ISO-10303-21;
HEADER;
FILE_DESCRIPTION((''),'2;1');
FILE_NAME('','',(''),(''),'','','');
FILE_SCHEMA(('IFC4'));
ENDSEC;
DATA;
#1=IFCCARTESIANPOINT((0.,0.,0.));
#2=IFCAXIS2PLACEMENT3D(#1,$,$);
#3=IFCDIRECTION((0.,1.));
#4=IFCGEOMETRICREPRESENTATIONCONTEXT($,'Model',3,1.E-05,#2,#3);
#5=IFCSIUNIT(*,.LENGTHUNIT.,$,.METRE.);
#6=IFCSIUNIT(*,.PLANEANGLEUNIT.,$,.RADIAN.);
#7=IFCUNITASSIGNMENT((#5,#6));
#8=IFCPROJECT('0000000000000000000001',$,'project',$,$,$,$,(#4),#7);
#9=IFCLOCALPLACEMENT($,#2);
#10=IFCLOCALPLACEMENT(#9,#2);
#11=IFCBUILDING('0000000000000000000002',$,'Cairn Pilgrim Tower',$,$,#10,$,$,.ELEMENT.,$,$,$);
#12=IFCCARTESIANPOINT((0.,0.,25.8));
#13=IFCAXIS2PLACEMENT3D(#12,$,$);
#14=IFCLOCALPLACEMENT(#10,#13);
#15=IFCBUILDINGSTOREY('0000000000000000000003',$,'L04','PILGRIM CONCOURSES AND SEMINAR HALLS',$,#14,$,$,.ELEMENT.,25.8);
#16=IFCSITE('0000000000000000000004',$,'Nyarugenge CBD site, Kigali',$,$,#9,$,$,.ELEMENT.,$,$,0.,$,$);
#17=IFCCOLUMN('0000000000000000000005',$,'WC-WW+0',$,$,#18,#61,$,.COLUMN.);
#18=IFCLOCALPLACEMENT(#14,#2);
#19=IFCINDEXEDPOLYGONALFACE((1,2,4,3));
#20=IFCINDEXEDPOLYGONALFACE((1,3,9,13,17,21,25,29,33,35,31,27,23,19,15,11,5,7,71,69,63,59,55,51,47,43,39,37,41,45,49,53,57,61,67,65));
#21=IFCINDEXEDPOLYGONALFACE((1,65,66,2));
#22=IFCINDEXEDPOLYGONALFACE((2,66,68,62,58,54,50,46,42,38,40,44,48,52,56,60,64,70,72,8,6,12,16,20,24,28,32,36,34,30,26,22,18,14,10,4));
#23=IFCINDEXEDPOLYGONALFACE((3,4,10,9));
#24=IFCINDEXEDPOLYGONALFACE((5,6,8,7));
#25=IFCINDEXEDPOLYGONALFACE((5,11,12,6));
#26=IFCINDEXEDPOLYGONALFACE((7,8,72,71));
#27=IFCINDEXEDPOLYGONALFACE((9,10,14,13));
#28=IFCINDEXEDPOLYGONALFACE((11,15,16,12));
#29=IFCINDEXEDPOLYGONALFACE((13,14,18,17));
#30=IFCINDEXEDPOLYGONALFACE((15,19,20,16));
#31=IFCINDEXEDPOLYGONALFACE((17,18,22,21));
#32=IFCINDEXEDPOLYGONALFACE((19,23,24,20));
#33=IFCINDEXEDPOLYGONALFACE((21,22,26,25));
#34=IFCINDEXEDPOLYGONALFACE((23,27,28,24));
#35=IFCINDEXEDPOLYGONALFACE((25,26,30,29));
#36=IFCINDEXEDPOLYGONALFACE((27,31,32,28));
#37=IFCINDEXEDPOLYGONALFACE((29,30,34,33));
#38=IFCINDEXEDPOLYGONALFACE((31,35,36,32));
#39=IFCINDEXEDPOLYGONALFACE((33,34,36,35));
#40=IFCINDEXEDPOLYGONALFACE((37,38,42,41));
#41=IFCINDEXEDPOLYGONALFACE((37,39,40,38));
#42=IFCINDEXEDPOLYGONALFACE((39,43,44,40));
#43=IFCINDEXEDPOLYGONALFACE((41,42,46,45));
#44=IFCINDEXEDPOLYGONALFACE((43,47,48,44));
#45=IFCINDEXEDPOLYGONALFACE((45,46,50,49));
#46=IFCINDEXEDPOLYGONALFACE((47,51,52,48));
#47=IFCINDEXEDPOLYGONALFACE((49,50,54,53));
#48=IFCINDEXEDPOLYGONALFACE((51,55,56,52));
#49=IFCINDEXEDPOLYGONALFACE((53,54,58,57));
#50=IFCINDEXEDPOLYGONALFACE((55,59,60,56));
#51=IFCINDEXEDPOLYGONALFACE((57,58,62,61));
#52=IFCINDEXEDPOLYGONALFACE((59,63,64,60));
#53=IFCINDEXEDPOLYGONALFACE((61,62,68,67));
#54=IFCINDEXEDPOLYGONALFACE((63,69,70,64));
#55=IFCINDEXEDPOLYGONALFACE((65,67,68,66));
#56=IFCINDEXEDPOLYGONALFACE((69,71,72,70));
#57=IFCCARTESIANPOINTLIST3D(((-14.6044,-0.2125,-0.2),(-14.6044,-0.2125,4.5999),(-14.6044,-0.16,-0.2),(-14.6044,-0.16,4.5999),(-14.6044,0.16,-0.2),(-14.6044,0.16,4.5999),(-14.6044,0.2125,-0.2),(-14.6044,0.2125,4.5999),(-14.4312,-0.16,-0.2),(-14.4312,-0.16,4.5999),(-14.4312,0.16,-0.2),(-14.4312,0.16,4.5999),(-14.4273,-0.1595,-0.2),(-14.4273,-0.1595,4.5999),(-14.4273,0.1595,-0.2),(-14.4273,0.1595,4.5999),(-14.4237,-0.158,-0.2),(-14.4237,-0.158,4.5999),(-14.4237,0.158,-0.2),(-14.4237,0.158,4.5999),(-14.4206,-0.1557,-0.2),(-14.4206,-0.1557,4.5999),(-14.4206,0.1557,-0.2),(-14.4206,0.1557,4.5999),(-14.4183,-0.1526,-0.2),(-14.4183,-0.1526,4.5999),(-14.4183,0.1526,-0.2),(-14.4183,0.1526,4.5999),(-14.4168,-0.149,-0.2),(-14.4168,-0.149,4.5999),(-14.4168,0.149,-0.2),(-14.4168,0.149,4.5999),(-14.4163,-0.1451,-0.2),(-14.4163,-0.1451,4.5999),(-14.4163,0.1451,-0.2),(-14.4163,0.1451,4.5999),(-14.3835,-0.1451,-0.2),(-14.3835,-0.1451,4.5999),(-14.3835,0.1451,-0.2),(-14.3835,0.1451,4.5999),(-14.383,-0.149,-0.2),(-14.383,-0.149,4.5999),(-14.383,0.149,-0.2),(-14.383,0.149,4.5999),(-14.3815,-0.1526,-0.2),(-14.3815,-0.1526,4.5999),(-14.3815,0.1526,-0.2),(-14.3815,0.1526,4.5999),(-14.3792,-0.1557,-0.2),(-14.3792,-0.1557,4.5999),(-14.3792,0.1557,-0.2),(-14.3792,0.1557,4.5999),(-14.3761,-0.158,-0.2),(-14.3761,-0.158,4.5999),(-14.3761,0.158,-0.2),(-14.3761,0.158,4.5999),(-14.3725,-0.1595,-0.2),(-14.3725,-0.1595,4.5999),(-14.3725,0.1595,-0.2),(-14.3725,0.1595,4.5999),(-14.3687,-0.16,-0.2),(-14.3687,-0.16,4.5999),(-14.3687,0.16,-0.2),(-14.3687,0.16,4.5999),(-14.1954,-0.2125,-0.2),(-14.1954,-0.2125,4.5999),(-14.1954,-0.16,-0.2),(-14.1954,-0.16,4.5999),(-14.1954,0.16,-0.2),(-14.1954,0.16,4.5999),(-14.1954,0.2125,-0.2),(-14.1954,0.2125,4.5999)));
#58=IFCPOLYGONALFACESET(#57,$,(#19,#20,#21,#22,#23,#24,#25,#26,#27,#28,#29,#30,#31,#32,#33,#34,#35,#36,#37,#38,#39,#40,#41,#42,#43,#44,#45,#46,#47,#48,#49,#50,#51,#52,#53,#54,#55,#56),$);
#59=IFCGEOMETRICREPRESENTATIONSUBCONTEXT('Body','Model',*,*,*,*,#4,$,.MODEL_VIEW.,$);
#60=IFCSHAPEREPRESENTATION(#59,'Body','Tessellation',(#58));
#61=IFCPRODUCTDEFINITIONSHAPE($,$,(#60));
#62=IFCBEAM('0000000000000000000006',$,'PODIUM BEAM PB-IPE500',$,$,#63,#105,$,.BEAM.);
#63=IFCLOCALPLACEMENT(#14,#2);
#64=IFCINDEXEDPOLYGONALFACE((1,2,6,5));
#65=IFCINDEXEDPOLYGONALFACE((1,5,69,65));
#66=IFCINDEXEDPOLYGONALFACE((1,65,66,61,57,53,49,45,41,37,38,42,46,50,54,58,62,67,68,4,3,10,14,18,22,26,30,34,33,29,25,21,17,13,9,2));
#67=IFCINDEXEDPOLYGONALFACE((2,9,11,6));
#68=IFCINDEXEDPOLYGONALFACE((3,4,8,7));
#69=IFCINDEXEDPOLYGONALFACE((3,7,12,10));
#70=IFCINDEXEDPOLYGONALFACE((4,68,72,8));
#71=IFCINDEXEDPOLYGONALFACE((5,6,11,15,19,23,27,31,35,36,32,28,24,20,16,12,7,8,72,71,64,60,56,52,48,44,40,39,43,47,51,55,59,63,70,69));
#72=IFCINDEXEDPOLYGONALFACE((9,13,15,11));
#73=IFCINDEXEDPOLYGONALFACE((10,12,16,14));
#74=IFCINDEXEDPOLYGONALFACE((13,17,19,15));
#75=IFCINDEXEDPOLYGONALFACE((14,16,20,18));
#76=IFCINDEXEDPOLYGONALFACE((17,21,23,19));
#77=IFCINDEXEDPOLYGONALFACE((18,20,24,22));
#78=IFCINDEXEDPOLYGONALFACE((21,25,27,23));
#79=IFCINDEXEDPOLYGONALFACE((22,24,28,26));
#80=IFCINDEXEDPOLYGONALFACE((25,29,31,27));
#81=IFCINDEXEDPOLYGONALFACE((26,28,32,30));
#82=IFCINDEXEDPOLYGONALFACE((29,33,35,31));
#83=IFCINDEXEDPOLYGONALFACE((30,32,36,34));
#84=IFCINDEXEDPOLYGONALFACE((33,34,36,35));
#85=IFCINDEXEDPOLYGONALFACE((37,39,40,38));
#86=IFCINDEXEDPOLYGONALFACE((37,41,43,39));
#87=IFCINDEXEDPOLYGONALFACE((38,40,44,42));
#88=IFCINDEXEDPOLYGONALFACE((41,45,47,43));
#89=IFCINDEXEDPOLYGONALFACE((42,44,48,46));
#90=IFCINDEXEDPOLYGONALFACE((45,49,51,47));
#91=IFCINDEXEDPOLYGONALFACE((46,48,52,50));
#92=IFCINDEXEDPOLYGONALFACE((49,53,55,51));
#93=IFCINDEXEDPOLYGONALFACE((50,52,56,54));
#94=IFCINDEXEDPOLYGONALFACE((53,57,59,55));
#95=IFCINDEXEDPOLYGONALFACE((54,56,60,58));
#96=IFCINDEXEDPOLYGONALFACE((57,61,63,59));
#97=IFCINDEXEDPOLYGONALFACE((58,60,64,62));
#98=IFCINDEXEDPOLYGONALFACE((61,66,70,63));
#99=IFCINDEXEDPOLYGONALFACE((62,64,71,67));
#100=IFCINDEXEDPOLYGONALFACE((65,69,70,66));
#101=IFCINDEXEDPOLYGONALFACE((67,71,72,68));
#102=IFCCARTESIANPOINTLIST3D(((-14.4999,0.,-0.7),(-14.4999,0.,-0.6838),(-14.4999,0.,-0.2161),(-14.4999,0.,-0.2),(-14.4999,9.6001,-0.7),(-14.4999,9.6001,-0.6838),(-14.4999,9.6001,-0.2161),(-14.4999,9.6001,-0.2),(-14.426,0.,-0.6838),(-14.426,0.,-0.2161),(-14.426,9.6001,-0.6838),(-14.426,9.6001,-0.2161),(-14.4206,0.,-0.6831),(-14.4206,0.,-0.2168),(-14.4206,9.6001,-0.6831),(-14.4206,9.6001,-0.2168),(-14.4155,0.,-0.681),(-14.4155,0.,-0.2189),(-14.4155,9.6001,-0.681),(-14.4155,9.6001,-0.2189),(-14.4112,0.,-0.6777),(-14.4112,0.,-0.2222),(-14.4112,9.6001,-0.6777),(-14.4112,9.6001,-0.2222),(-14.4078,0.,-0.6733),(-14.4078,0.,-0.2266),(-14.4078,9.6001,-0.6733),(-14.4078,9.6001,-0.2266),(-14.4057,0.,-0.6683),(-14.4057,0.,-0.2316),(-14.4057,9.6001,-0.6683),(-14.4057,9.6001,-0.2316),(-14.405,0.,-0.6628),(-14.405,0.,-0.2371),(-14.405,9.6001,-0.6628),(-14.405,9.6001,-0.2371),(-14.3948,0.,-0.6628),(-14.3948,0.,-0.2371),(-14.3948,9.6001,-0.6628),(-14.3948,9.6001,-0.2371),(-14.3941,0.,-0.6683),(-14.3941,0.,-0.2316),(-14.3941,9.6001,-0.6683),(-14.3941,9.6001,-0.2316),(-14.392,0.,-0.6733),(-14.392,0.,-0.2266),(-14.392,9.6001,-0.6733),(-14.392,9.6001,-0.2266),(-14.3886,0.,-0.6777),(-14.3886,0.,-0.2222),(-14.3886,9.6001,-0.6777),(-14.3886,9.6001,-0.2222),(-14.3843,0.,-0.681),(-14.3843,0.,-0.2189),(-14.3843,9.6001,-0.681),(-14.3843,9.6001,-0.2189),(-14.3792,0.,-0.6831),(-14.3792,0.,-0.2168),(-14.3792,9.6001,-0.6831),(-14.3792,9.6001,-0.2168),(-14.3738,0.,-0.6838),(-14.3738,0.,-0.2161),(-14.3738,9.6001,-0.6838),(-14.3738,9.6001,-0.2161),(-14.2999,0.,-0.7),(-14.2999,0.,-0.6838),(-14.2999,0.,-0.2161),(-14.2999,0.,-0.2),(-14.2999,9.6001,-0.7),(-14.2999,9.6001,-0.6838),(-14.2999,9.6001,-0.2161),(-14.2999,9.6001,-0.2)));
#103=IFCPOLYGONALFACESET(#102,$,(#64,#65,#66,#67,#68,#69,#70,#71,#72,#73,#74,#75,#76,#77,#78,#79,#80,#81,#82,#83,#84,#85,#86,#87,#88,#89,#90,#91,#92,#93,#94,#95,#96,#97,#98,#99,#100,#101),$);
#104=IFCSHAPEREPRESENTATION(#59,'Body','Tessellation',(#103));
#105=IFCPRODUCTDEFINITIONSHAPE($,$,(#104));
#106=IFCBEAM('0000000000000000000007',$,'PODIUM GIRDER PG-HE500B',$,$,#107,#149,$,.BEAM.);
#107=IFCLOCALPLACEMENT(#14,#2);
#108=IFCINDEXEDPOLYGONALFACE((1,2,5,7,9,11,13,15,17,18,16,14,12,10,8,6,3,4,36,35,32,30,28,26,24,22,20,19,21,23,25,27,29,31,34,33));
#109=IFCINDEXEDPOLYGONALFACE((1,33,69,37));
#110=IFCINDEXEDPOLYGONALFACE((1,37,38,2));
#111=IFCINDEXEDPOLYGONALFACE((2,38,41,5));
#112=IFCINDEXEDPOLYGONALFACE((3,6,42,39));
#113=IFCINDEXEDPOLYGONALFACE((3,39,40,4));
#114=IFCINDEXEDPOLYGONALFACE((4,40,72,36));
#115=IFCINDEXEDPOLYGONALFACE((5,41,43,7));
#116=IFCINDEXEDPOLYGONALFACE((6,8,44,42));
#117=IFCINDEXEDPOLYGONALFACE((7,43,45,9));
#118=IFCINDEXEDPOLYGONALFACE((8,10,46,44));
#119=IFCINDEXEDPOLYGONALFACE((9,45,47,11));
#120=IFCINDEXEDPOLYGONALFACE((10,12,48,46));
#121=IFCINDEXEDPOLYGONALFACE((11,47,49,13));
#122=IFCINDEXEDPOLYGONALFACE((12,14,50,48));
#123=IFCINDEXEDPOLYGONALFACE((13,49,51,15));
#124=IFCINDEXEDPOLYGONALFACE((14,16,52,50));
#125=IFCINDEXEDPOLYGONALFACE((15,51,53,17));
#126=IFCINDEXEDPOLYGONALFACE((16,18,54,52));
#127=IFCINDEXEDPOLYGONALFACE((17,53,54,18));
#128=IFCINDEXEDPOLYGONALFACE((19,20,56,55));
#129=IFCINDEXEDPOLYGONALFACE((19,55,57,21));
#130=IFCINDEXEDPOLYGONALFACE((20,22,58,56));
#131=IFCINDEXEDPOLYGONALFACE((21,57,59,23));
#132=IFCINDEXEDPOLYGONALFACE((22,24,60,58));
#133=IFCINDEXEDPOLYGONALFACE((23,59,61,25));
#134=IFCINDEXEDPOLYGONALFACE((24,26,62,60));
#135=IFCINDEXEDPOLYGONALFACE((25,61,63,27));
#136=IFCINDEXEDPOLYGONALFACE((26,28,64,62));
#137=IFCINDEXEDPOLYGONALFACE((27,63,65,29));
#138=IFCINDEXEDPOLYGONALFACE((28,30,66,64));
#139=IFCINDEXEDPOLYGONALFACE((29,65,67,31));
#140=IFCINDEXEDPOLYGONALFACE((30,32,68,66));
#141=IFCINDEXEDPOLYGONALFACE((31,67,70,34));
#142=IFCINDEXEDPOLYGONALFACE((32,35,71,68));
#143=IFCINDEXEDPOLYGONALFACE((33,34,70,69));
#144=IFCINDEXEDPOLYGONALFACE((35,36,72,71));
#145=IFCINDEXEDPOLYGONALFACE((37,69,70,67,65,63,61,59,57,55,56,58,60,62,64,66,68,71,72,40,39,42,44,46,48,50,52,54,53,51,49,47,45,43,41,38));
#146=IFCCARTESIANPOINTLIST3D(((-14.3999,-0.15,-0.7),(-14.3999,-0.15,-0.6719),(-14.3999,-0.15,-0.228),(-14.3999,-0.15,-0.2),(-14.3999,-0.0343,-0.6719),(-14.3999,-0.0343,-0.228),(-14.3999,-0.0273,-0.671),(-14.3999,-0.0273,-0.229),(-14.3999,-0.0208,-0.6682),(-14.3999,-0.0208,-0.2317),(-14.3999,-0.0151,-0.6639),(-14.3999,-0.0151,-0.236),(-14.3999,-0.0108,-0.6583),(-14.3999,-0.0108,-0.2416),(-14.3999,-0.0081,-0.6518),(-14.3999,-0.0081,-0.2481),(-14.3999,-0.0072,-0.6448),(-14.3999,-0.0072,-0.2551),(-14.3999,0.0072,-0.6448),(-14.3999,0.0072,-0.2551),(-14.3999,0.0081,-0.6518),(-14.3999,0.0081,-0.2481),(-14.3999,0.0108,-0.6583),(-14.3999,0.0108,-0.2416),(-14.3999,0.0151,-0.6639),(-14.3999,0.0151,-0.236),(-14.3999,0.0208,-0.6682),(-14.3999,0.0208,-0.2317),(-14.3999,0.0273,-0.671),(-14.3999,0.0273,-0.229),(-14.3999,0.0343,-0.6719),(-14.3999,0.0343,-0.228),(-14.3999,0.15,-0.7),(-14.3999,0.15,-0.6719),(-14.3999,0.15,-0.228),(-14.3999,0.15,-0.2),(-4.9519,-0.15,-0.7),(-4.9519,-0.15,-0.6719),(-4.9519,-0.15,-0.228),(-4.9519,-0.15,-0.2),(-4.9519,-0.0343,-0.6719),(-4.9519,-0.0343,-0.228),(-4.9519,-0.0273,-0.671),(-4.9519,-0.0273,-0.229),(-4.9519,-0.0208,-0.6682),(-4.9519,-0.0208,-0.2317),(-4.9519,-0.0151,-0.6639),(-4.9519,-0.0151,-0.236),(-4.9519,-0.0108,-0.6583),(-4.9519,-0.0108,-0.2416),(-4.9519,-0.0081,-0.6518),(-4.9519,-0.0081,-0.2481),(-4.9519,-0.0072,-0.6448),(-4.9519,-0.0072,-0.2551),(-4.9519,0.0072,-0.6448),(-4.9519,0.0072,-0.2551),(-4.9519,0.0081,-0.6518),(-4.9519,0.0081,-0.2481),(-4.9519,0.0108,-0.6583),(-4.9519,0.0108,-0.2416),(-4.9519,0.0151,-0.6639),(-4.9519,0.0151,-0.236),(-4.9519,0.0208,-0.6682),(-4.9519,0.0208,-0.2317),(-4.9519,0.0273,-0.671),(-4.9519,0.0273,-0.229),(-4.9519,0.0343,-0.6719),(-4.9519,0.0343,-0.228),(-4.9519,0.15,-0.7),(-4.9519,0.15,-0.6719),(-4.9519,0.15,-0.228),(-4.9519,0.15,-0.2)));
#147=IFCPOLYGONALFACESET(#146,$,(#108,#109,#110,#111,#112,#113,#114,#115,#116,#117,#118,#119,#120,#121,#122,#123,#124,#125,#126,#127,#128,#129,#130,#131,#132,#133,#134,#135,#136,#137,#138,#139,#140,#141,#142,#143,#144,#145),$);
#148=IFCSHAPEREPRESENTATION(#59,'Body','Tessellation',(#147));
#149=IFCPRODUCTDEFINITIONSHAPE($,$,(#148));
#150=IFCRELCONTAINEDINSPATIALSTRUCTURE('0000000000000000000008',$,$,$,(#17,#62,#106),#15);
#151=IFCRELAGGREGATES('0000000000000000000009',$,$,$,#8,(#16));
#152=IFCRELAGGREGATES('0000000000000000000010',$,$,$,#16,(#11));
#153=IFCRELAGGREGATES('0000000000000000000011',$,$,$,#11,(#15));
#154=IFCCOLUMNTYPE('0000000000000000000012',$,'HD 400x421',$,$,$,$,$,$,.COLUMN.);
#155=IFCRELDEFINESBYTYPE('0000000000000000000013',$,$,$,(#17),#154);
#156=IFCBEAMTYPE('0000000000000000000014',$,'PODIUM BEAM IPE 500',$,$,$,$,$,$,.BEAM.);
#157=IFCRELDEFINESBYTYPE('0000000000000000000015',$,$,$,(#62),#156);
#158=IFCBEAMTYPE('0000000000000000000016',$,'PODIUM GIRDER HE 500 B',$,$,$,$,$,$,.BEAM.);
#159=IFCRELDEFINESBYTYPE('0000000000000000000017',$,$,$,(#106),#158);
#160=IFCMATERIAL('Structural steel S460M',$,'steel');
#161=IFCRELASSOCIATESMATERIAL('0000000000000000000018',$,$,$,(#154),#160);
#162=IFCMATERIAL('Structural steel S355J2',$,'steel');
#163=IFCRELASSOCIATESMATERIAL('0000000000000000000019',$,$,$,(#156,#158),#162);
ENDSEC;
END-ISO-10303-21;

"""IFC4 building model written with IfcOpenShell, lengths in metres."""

from ifc_helpers import new_model, si_unit, direction, frame, origin, origin_2d, place, context, subcontext, project, spatial, i_section, extrude, material, material_profile, profile_set, type_object, element, save


model = new_model("IFC4")

# Units and contexts
model_context = context("Model", 3, precision=1e-05, world=origin(), true_north=direction((0.0, 1.0)))
body_context = subcontext(model_context, "Body", "Model", "MODEL_VIEW")
ifc_project = project(units=[si_unit("LENGTHUNIT", "METRE"), si_unit("PLANEANGLEUNIT", "RADIAN")], contexts=[model_context])

# Site, building, storey
site_placement = place(None, origin())
site = spatial("IfcSite", under=ifc_project, at=site_placement, Name="Nyarugenge CBD site, Kigali", CompositionType="ELEMENT", RefElevation=0.0)
building_placement = place(site_placement, origin())
building = spatial("IfcBuilding", under=site, at=building_placement, Name="Cairn Pilgrim Tower", CompositionType="ELEMENT")
storey_placement = place(building_placement, frame((0.0, 0.0, 25.8)))
storey = spatial("IfcBuildingStorey", under=building, at=storey_placement, Name="L04", Description="PILGRIM CONCOURSES AND SEMINAR HALLS", CompositionType="ELEMENT", Elevation=25.8)

# Column
ifc_material_1 = material(Name="Structural steel S460M", Category="steel")
ifc_material_profile_1 = material_profile(ifc_material_1, i_section(OverallWidth=0.4089, OverallDepth=0.425, WebThickness=0.0327, FlangeThickness=0.0525, FilletRadius=0.0149, at=origin_2d()), Name="HD 400x421")
ifc_profile_set_1 = profile_set([ifc_material_profile_1], Name="Structural steel S460M")
column_type = type_object("IfcColumnType", Name="HD 400x421", PredefinedType="COLUMN", material=ifc_profile_set_1)
column_placement = place(storey_placement, frame((-14.3999, 0.0, -0.2), z_axis=(0.0, 0.0, 1.0), x_axis=(1.0, 0.0, 0.0)))
element("IfcColumn", 1, at=column_placement, inside=storey, type_object=column_type, Name="WC-WW+0", PredefinedType="COLUMN", context=body_context, shape_type="SweptSolid", body=[
    extrude(i_section(OverallWidth=0.4089, OverallDepth=0.425, WebThickness=0.0327, FlangeThickness=0.0525, FilletRadius=0.0149, at=origin_2d()), origin(), (0.0, 0.0, 1.0), 4.7998),
])

# Beams
ifc_material_2 = material(Name="Structural steel S355J2", Category="steel")
ifc_material_profile_2 = material_profile(ifc_material_2, i_section(OverallWidth=0.2, OverallDepth=0.5, WebThickness=0.0103, FlangeThickness=0.0161, FilletRadius=0.021, at=origin_2d()), Name="IPE 500")
ifc_profile_set_2 = profile_set([ifc_material_profile_2], Name="Structural steel S355J2")
beam_type_1 = type_object("IfcBeamType", Name="PODIUM BEAM IPE 500", PredefinedType="BEAM", material=ifc_profile_set_2)
beam_1_placement = place(storey_placement, frame((-14.3999, 0.0, -0.45), z_axis=(0.0, 1.0, 0.0), x_axis=(-1.0, 0.0, 0.0)))
element("IfcBeam", 2, at=beam_1_placement, inside=storey, type_object=beam_type_1, Name="PODIUM BEAM PB-IPE500", PredefinedType="BEAM", context=body_context, shape_type="SweptSolid", body=[
    extrude(i_section(OverallWidth=0.2, OverallDepth=0.5, WebThickness=0.0103, FlangeThickness=0.0161, FilletRadius=0.021, at=origin_2d()), origin(), (0.0, 0.0, 1.0), 9.6001),
])
ifc_material_profile_3 = material_profile(ifc_material_2, i_section(OverallWidth=0.3, OverallDepth=0.5, WebThickness=0.0144, FlangeThickness=0.0281, FilletRadius=0.0271, at=origin_2d()), Name="HEB 500")
ifc_profile_set_3 = profile_set([ifc_material_profile_3], Name="Structural steel S355J2")
beam_type_2 = type_object("IfcBeamType", Name="PODIUM GIRDER HE 500 B", PredefinedType="BEAM", material=ifc_profile_set_3)
beam_2_placement = place(storey_placement, frame((-14.3999, 0.0, -0.45), z_axis=(1.0, 0.0, 0.0), x_axis=(0.0, 1.0, 0.0)))
element("IfcBeam", 3, at=beam_2_placement, inside=storey, type_object=beam_type_2, Name="PODIUM GIRDER PG-HE500B", PredefinedType="BEAM", context=body_context, shape_type="SweptSolid", body=[
    extrude(i_section(OverallWidth=0.3, OverallDepth=0.5, WebThickness=0.0144, FlangeThickness=0.0281, FilletRadius=0.0271, at=origin_2d()), origin(), (0.0, 0.0, 1.0), 9.448),
])

save(model, "model.ifc")
